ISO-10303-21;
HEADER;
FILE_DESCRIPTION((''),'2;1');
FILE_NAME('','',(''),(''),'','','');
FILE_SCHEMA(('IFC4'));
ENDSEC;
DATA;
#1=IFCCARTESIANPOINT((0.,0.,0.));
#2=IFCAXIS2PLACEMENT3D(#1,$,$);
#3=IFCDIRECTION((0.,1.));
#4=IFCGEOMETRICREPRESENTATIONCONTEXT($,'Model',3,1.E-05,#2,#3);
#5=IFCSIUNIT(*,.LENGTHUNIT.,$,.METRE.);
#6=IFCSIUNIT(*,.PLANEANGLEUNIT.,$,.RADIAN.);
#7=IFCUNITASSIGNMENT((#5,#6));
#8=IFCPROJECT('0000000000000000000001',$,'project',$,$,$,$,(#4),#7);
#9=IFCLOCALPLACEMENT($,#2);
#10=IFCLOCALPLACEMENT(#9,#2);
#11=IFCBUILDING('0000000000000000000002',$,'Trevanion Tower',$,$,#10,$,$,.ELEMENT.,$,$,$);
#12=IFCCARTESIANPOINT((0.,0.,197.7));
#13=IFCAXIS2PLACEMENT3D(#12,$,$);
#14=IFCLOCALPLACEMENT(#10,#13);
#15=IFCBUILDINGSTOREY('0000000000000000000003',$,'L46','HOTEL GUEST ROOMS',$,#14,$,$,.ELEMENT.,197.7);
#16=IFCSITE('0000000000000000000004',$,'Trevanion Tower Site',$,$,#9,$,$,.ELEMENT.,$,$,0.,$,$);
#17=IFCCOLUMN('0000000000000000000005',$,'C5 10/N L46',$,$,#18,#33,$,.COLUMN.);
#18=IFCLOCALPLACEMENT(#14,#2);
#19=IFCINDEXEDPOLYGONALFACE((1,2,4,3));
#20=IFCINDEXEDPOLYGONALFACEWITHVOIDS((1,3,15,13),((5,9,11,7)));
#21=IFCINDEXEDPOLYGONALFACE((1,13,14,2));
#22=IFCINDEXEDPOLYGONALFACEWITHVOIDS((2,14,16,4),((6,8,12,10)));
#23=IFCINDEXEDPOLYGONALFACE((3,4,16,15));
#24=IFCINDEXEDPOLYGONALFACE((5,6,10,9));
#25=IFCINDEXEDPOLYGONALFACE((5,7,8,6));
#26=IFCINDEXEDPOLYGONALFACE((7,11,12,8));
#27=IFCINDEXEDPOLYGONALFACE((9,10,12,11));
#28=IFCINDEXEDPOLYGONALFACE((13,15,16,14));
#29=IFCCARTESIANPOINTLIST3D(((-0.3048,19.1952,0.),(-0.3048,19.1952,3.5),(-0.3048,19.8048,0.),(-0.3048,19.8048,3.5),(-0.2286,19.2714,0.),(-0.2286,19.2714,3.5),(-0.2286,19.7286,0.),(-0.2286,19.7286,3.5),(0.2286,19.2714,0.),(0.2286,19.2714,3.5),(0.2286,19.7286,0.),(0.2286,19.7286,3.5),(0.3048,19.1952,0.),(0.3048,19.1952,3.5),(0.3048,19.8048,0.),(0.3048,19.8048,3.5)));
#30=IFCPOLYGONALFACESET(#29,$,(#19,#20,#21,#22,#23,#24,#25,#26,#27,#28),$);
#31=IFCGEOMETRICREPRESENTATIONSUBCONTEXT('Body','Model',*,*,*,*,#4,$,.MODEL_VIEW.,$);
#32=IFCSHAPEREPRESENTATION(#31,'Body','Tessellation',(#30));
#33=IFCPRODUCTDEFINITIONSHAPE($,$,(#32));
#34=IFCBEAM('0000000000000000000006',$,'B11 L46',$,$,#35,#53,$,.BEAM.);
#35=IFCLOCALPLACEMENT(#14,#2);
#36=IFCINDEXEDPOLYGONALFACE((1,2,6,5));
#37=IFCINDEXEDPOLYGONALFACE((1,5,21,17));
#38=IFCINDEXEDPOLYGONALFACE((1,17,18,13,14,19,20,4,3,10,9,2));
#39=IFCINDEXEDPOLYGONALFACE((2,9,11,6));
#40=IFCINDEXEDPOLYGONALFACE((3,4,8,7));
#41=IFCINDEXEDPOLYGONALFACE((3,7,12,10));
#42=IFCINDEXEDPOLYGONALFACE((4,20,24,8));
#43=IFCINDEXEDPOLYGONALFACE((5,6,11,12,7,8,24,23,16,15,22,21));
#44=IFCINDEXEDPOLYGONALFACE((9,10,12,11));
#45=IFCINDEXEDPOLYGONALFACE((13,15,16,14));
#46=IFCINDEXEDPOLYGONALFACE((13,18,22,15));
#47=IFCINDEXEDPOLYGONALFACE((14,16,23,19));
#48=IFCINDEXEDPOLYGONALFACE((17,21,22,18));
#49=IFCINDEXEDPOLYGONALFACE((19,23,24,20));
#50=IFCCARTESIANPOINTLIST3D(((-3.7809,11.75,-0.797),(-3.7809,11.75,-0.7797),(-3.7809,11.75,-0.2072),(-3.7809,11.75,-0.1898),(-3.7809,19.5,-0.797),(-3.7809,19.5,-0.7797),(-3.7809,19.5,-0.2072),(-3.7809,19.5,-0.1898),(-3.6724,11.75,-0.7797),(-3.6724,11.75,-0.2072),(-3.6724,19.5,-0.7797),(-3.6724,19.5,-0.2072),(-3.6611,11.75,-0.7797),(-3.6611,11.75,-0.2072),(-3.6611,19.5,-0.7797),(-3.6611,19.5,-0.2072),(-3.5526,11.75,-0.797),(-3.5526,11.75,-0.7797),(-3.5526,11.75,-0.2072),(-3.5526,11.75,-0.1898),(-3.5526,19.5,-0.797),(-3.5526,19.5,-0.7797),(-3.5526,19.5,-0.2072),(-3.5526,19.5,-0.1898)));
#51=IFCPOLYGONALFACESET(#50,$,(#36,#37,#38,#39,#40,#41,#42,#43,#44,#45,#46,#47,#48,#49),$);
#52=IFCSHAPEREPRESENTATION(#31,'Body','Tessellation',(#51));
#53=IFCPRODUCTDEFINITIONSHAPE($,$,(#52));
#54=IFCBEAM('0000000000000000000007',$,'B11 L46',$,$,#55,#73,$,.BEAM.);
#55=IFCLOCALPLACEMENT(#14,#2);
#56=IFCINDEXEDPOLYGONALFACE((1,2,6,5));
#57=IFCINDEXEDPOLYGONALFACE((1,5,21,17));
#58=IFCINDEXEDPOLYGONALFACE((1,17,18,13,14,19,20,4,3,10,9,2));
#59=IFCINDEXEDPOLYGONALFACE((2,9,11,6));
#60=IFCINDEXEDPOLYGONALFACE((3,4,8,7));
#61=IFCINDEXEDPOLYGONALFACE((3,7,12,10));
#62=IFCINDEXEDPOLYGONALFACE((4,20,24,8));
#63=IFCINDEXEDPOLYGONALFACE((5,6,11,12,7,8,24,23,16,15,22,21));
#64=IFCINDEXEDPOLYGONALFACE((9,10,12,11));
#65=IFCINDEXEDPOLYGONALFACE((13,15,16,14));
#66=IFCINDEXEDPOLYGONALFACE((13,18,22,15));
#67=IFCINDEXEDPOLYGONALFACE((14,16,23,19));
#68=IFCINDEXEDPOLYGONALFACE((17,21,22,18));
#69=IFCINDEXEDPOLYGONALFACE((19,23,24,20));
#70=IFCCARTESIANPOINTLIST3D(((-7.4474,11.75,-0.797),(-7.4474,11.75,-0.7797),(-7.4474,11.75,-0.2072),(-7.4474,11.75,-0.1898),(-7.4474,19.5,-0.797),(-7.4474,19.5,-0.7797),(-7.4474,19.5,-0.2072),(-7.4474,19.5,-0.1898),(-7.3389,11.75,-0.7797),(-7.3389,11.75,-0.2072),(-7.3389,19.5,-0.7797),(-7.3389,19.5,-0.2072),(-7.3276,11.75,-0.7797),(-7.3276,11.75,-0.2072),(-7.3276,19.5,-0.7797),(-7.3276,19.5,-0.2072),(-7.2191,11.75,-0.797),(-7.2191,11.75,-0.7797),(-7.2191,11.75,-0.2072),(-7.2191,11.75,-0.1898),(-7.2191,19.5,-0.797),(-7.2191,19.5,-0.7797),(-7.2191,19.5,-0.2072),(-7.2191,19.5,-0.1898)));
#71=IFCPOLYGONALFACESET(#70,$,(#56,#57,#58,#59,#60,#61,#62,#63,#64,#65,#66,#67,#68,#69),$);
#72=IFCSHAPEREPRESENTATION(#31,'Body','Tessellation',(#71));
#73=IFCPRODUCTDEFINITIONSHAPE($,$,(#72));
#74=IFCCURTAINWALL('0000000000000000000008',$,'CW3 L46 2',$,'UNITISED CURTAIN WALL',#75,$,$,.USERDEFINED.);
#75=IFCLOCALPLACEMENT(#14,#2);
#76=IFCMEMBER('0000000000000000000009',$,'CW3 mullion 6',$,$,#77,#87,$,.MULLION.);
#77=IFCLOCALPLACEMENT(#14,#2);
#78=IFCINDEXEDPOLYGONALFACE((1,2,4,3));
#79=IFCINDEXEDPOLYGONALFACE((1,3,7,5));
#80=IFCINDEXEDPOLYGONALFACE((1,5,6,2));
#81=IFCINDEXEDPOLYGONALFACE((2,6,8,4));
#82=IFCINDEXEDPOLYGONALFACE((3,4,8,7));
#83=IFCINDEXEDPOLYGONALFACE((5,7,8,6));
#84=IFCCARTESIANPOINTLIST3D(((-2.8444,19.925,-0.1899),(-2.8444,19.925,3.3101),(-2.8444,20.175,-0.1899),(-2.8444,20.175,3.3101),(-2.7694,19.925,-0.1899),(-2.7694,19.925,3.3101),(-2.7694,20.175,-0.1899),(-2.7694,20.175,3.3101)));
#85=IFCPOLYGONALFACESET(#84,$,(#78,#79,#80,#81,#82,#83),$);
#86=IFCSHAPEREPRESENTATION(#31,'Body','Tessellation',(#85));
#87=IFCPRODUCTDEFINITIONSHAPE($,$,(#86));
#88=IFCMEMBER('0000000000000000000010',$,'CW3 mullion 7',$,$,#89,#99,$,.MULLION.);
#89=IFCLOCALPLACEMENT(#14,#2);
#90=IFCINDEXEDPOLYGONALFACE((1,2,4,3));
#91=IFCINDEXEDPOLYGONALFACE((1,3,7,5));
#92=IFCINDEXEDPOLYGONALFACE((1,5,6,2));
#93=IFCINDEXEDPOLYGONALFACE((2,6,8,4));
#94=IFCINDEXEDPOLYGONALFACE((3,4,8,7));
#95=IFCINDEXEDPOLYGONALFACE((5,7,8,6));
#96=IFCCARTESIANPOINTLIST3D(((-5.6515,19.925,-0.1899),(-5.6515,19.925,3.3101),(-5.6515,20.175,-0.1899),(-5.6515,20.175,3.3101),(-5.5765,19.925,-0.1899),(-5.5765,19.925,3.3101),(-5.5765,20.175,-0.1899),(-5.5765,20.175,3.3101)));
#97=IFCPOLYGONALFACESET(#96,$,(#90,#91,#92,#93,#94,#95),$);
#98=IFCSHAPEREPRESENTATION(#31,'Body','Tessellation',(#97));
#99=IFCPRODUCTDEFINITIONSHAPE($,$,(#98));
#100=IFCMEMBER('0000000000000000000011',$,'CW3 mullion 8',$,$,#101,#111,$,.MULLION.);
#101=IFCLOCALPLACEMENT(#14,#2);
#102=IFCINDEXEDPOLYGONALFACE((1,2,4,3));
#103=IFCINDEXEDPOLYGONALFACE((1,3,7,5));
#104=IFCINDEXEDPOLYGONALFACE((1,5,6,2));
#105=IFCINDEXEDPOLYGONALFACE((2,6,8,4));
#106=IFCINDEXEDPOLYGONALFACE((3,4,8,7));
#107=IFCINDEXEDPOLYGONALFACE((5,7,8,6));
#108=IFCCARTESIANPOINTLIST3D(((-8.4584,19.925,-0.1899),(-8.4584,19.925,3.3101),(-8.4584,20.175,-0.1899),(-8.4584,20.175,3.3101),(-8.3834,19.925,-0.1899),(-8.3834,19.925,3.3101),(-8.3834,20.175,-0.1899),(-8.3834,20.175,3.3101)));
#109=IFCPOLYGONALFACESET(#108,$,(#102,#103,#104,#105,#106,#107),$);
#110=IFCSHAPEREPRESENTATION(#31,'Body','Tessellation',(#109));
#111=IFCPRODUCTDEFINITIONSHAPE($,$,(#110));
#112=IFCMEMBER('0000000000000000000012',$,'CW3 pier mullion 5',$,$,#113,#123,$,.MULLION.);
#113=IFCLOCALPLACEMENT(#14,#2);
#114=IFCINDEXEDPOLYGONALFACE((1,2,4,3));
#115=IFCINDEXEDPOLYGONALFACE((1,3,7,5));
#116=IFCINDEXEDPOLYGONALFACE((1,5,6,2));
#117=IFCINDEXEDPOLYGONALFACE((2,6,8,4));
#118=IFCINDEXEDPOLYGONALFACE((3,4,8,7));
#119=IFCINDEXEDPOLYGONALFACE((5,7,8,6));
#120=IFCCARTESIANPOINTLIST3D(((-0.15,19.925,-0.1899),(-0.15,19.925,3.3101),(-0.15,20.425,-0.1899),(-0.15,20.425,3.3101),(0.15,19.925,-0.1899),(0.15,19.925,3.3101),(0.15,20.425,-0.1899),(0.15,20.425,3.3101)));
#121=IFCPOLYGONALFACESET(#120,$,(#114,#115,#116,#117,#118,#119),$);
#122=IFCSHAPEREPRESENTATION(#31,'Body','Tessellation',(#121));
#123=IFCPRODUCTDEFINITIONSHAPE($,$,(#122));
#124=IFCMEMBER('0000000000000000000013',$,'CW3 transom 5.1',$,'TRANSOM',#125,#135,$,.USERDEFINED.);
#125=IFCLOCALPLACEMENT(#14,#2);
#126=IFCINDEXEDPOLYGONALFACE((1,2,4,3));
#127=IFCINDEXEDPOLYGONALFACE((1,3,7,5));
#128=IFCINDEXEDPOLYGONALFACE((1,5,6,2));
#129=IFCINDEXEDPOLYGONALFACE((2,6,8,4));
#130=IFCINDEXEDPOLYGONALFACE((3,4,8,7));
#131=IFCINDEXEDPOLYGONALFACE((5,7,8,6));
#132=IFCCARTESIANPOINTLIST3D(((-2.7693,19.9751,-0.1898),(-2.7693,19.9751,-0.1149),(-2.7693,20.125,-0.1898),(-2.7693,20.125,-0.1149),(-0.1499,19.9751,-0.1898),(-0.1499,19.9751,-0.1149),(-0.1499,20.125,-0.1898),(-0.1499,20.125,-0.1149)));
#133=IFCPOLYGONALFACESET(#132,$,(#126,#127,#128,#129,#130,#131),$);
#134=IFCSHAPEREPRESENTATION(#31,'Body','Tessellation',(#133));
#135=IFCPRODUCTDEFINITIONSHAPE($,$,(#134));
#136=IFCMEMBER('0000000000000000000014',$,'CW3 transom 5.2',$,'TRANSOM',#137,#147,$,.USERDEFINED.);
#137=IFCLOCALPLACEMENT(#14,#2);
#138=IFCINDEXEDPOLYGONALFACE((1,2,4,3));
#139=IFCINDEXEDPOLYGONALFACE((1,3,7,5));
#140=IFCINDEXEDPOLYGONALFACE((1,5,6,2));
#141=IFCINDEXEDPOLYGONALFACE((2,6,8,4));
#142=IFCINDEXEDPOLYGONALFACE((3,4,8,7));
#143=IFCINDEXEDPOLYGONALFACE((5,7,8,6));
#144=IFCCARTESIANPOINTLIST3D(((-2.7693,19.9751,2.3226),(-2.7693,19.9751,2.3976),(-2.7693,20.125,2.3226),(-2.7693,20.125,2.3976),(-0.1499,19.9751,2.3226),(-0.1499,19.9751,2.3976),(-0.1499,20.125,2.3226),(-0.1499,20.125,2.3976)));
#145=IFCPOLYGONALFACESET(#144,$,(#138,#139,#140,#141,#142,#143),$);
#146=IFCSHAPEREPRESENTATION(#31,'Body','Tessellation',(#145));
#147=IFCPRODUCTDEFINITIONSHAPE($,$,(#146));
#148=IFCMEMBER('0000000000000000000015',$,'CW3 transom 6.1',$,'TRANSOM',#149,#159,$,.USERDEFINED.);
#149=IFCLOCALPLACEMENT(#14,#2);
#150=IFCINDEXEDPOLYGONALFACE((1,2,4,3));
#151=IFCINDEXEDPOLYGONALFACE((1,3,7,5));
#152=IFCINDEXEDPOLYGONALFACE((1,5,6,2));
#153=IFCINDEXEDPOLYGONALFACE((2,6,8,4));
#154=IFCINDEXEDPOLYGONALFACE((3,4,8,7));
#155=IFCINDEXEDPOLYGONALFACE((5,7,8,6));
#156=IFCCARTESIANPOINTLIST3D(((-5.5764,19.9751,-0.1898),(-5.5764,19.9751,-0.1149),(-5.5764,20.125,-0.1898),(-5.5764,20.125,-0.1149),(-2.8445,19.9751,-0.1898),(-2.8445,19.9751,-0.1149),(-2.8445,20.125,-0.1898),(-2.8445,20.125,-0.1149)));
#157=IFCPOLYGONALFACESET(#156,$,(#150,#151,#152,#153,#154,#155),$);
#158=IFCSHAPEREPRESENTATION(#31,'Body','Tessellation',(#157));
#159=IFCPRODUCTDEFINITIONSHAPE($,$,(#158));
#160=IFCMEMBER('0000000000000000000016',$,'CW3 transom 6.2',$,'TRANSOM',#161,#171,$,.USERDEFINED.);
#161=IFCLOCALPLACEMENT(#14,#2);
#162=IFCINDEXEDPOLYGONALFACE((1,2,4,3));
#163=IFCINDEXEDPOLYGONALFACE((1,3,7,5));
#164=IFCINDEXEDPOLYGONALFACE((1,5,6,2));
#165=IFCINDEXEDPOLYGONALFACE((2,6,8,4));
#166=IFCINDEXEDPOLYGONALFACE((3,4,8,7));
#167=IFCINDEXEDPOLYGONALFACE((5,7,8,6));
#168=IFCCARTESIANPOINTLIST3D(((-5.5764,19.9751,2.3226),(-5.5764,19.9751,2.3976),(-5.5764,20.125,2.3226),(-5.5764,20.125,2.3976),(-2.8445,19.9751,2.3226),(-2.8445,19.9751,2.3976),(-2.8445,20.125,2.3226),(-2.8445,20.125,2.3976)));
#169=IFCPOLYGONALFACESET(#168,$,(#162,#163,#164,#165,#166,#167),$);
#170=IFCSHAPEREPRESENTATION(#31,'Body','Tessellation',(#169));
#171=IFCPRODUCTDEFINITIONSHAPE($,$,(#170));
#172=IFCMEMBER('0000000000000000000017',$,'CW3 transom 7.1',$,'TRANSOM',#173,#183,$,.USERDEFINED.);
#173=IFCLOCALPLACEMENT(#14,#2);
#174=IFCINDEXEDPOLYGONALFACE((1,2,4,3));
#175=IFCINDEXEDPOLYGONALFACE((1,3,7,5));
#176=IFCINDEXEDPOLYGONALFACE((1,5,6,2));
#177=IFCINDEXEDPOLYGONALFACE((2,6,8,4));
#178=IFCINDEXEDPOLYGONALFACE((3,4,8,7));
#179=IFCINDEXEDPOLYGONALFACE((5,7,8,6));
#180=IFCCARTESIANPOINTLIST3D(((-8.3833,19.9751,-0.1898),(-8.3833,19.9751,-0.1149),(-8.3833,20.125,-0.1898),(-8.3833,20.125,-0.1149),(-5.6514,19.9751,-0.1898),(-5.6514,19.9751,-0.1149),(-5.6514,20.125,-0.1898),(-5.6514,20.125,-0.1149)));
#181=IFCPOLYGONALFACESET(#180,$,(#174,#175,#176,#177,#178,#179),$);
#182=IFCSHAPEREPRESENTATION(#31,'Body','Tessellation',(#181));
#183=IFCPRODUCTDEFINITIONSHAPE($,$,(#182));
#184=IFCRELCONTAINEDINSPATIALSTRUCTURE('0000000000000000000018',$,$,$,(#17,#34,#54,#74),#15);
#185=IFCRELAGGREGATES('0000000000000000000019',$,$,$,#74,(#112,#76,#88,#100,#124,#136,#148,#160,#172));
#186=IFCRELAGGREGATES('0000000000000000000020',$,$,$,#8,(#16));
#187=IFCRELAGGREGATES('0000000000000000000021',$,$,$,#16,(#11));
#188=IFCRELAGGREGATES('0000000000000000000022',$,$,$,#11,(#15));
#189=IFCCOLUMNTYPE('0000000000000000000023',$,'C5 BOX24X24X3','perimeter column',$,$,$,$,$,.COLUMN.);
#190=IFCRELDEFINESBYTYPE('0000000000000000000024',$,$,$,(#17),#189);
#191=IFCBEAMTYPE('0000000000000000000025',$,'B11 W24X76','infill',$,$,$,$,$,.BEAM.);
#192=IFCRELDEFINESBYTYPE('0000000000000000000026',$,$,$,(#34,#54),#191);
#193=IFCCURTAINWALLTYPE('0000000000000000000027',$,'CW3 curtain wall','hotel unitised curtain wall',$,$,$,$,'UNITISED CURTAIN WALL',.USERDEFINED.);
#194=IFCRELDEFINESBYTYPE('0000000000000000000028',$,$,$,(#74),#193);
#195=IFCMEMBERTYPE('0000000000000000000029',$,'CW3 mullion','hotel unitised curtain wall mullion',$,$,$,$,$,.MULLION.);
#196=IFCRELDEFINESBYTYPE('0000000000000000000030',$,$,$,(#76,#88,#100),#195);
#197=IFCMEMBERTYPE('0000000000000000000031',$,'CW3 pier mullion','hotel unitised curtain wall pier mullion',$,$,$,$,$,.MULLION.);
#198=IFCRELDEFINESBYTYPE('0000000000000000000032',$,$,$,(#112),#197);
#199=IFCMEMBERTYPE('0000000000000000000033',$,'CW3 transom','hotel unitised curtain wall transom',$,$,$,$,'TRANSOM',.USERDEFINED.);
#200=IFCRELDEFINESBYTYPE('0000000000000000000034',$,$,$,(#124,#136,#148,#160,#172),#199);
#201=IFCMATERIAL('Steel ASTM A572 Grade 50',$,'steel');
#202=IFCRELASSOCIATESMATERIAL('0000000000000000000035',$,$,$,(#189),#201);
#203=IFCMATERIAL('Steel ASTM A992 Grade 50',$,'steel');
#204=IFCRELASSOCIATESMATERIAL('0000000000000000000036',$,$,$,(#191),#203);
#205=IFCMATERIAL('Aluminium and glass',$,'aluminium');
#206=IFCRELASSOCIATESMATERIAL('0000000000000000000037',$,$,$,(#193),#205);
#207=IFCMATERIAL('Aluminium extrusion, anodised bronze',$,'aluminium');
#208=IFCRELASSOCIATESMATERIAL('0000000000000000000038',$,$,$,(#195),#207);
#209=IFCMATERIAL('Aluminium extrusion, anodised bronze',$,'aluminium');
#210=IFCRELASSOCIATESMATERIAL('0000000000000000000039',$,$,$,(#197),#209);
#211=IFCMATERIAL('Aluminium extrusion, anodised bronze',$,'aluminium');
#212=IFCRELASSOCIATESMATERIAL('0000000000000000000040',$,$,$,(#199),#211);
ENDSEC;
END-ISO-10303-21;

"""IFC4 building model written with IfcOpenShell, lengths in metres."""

from ifc_helpers import new_model, si_unit, direction, frame, origin, origin_2d, place, context, subcontext, project, spatial, rectangle, hollow_rectangle, i_section, extrude, material, material_profile, profile_set, type_object, element, aggregate, save


model = new_model("IFC4")

# Units and contexts
model_context = context("Model", 3, precision=1e-05, world=origin(), true_north=direction((0.0, 1.0)))
body_context = subcontext(model_context, "Body", "Model", "MODEL_VIEW")
ifc_project = project(units=[si_unit("LENGTHUNIT", "METRE"), si_unit("PLANEANGLEUNIT", "RADIAN")], contexts=[model_context])

# Site, building, storey
site_placement = place(None, origin())
site = spatial("IfcSite", under=ifc_project, at=site_placement, Name="Trevanion Tower Site", CompositionType="ELEMENT", RefElevation=0.0)
building_placement = place(site_placement, origin())
building = spatial("IfcBuilding", under=site, at=building_placement, Name="Trevanion Tower", CompositionType="ELEMENT")
storey_placement = place(building_placement, frame((0.0, 0.0, 197.7)))
storey = spatial("IfcBuildingStorey", under=building, at=storey_placement, Name="L46", Description="HOTEL GUEST ROOMS", CompositionType="ELEMENT", Elevation=197.7)

# Column
ifc_material_1 = material(Name="Steel ASTM A572 Grade 50", Category="steel")
ifc_material_profile_1 = material_profile(ifc_material_1, hollow_rectangle(XDim=0.6096, YDim=0.6096, WallThickness=0.0762, at=origin_2d()), Name="BOX24X24X3")
ifc_profile_set_1 = profile_set([ifc_material_profile_1], Name="Steel ASTM A572 Grade 50")
column_type = type_object("IfcColumnType", Name="C5 BOX24X24X3", Description="perimeter column", PredefinedType="COLUMN", material=ifc_profile_set_1)
column_placement = place(storey_placement, frame((0.0, 19.5, 0.0), z_axis=(0.0, 0.0, 1.0), x_axis=(1.0, 0.0, 0.0)))
element("IfcColumn", 1, at=column_placement, inside=storey, type_object=column_type, Name="C5 10/N L46", PredefinedType="COLUMN", context=body_context, shape_type="SweptSolid", body=[
    extrude(hollow_rectangle(XDim=0.6096, YDim=0.6096, WallThickness=0.0762, at=origin_2d()), origin(), (0.0, 0.0, 1.0), 3.5),
])

# Beams
ifc_material_2 = material(Name="Steel ASTM A992 Grade 50", Category="steel")
ifc_material_profile_2 = material_profile(ifc_material_2, i_section(OverallWidth=0.2283, OverallDepth=0.6072, WebThickness=0.0112, FlangeThickness=0.0173, at=origin_2d()), Name="W24X76")
ifc_profile_set_2 = profile_set([ifc_material_profile_2], Name="Steel ASTM A992 Grade 50")
beam_type_1 = type_object("IfcBeamType", Name="B11 W24X76", Description="infill", PredefinedType="BEAM", material=ifc_profile_set_2)
for number, where, z_axis, x_axis, name in (
    (2, (-3.6667, 11.75, -0.4934), (0.0, 1.0, 0.0), (-1.0, 0.0, 0.0), "B11 L46"),
    (3, (-7.3333, 11.75, -0.4934), (0.0, 1.0, 0.0), (-1.0, 0.0, 0.0), "B11 L46"),
):
    element("IfcBeam", number, at=place(storey_placement, frame(where, z_axis=z_axis, x_axis=x_axis)), inside=storey, type_object=beam_type_1, Name=name, PredefinedType="BEAM", context=body_context, shape_type="SweptSolid", body=[
        extrude(i_section(OverallWidth=0.2283, OverallDepth=0.6072, WebThickness=0.0112, FlangeThickness=0.0173, at=origin_2d()), origin(), (0.0, 0.0, 1.0), 7.75),
    ])

# Curtain wall, members
ifc_material_3 = material(Name="Aluminium and glass", Category="aluminium")
curtain_wall_type = type_object("IfcCurtainWallType", Name="CW3 curtain wall", Description="hotel unitised curtain wall", ElementType="UNITISED CURTAIN WALL", PredefinedType="USERDEFINED", material=ifc_material_3)
curtain_wall_placement = place(storey_placement, origin())
curtain_wall = element("IfcCurtainWall", 4, at=curtain_wall_placement, inside=storey, type_object=curtain_wall_type, Name="CW3 L46 2", ObjectType="UNITISED CURTAIN WALL", PredefinedType="USERDEFINED")
ifc_material_4 = material(Name="Aluminium extrusion, anodised bronze", Category="aluminium")
ifc_material_profile_3 = material_profile(ifc_material_4, rectangle(XDim=0.075, YDim=0.25, at=origin_2d()), Name="CW3 mullion")
ifc_profile_set_3 = profile_set([ifc_material_profile_3], Name="Aluminium extrusion, anodised bronze")
member_type_1 = type_object("IfcMemberType", Name="CW3 mullion", Description="hotel unitised curtain wall mullion", PredefinedType="MULLION", material=ifc_profile_set_3)
member_1_placement = place(storey_placement, frame((-2.8069, 20.05, -0.1899), z_axis=(0.0, 0.0, 1.0), x_axis=(-1.0, 0.0, 0.0)))
member_1 = element("IfcMember", 5, at=member_1_placement, type_object=member_type_1, Name="CW3 mullion 6", PredefinedType="MULLION", context=body_context, shape_type="SweptSolid", body=[
    extrude(rectangle(XDim=0.075, YDim=0.25, at=origin_2d()), origin(), (0.0, 0.0, 1.0), 3.5),
])
member_2_placement = place(storey_placement, frame((-5.614, 20.05, -0.1899), z_axis=(0.0, 0.0, 1.0), x_axis=(-1.0, 0.0, 0.0)))
member_2 = element("IfcMember", 6, at=member_2_placement, type_object=member_type_1, Name="CW3 mullion 7", PredefinedType="MULLION", context=body_context, shape_type="SweptSolid", body=[
    extrude(rectangle(XDim=0.075, YDim=0.25, at=origin_2d()), origin(), (0.0, 0.0, 1.0), 3.5),
])
member_3_placement = place(storey_placement, frame((-8.4209, 20.05, -0.1899), z_axis=(0.0, 0.0, 1.0), x_axis=(-1.0, 0.0, 0.0)))
member_3 = element("IfcMember", 7, at=member_3_placement, type_object=member_type_1, Name="CW3 mullion 8", PredefinedType="MULLION", context=body_context, shape_type="SweptSolid", body=[
    extrude(rectangle(XDim=0.075, YDim=0.25, at=origin_2d()), origin(), (0.0, 0.0, 1.0), 3.5),
])
ifc_material_5 = material(Name="Aluminium extrusion, anodised bronze", Category="aluminium")
ifc_material_profile_4 = material_profile(ifc_material_5, rectangle(XDim=0.3, YDim=0.5, at=origin_2d()), Name="CW3 pier mullion")
ifc_profile_set_4 = profile_set([ifc_material_profile_4], Name="Aluminium extrusion, anodised bronze")
member_type_2 = type_object("IfcMemberType", Name="CW3 pier mullion", Description="hotel unitised curtain wall pier mullion", PredefinedType="MULLION", material=ifc_profile_set_4)
member_4_placement = place(storey_placement, frame((0.0, 20.175, -0.1899), z_axis=(0.0, 0.0, 1.0), x_axis=(-1.0, 0.0, 0.0)))
member_4 = element("IfcMember", 8, at=member_4_placement, type_object=member_type_2, Name="CW3 pier mullion 5", PredefinedType="MULLION", context=body_context, shape_type="SweptSolid", body=[
    extrude(rectangle(XDim=0.3, YDim=0.5, at=origin_2d()), origin(), (0.0, 0.0, 1.0), 3.5),
])
ifc_material_6 = material(Name="Aluminium extrusion, anodised bronze", Category="aluminium")
ifc_material_profile_5 = material_profile(ifc_material_6, rectangle(XDim=0.1499, YDim=0.075, at=origin_2d()), Name="CW3 transom")
ifc_profile_set_5 = profile_set([ifc_material_profile_5], Name="Aluminium extrusion, anodised bronze")
member_type_3 = type_object("IfcMemberType", Name="CW3 transom", Description="hotel unitised curtain wall transom", ElementType="TRANSOM", PredefinedType="USERDEFINED", material=ifc_profile_set_5)
member_5_placement = place(storey_placement, frame((-0.1499, 20.05, -0.1523), z_axis=(-1.0, 0.0, 0.0), x_axis=(0.0, -1.0, 0.0)))
member_5 = element("IfcMember", 9, at=member_5_placement, type_object=member_type_3, Name="CW3 transom 5.1", ObjectType="TRANSOM", PredefinedType="USERDEFINED", context=body_context, shape_type="SweptSolid", body=[
    extrude(rectangle(XDim=0.1499, YDim=0.075, at=origin_2d()), origin(), (0.0, 0.0, 1.0), 2.6194),
])
member_6_placement = place(storey_placement, frame((-0.1499, 20.05, 2.3601), z_axis=(-1.0, 0.0, 0.0), x_axis=(0.0, -1.0, 0.0)))
member_6 = element("IfcMember", 10, at=member_6_placement, type_object=member_type_3, Name="CW3 transom 5.2", ObjectType="TRANSOM", PredefinedType="USERDEFINED", context=body_context, shape_type="SweptSolid", body=[
    extrude(rectangle(XDim=0.1499, YDim=0.075, at=origin_2d()), origin(), (0.0, 0.0, 1.0), 2.6194),
])
member_7_placement = place(storey_placement, frame((-2.8445, 20.05, -0.1523), z_axis=(-1.0, 0.0, 0.0), x_axis=(0.0, -1.0, 0.0)))
member_7 = element("IfcMember", 11, at=member_7_placement, type_object=member_type_3, Name="CW3 transom 6.1", ObjectType="TRANSOM", PredefinedType="USERDEFINED", context=body_context, shape_type="SweptSolid", body=[
    extrude(rectangle(XDim=0.1499, YDim=0.075, at=origin_2d()), origin(), (0.0, 0.0, 1.0), 2.7319),
])
member_8_placement = place(storey_placement, frame((-2.8445, 20.05, 2.3601), z_axis=(-1.0, 0.0, 0.0), x_axis=(0.0, -1.0, 0.0)))
member_8 = element("IfcMember", 12, at=member_8_placement, type_object=member_type_3, Name="CW3 transom 6.2", ObjectType="TRANSOM", PredefinedType="USERDEFINED", context=body_context, shape_type="SweptSolid", body=[
    extrude(rectangle(XDim=0.1499, YDim=0.075, at=origin_2d()), origin(), (0.0, 0.0, 1.0), 2.7319),
])
member_9_placement = place(storey_placement, frame((-5.6514, 20.05, -0.1523), z_axis=(-1.0, 0.0, 0.0), x_axis=(0.0, -1.0, 0.0)))
member_9 = element("IfcMember", 13, at=member_9_placement, type_object=member_type_3, Name="CW3 transom 7.1", ObjectType="TRANSOM", PredefinedType="USERDEFINED", context=body_context, shape_type="SweptSolid", body=[
    extrude(rectangle(XDim=0.1499, YDim=0.075, at=origin_2d()), origin(), (0.0, 0.0, 1.0), 2.7319),
])

aggregate(curtain_wall, [member_4, member_1, member_2, member_3, member_5, member_6, member_7, member_8, member_9])

save(model, "model.ifc")
